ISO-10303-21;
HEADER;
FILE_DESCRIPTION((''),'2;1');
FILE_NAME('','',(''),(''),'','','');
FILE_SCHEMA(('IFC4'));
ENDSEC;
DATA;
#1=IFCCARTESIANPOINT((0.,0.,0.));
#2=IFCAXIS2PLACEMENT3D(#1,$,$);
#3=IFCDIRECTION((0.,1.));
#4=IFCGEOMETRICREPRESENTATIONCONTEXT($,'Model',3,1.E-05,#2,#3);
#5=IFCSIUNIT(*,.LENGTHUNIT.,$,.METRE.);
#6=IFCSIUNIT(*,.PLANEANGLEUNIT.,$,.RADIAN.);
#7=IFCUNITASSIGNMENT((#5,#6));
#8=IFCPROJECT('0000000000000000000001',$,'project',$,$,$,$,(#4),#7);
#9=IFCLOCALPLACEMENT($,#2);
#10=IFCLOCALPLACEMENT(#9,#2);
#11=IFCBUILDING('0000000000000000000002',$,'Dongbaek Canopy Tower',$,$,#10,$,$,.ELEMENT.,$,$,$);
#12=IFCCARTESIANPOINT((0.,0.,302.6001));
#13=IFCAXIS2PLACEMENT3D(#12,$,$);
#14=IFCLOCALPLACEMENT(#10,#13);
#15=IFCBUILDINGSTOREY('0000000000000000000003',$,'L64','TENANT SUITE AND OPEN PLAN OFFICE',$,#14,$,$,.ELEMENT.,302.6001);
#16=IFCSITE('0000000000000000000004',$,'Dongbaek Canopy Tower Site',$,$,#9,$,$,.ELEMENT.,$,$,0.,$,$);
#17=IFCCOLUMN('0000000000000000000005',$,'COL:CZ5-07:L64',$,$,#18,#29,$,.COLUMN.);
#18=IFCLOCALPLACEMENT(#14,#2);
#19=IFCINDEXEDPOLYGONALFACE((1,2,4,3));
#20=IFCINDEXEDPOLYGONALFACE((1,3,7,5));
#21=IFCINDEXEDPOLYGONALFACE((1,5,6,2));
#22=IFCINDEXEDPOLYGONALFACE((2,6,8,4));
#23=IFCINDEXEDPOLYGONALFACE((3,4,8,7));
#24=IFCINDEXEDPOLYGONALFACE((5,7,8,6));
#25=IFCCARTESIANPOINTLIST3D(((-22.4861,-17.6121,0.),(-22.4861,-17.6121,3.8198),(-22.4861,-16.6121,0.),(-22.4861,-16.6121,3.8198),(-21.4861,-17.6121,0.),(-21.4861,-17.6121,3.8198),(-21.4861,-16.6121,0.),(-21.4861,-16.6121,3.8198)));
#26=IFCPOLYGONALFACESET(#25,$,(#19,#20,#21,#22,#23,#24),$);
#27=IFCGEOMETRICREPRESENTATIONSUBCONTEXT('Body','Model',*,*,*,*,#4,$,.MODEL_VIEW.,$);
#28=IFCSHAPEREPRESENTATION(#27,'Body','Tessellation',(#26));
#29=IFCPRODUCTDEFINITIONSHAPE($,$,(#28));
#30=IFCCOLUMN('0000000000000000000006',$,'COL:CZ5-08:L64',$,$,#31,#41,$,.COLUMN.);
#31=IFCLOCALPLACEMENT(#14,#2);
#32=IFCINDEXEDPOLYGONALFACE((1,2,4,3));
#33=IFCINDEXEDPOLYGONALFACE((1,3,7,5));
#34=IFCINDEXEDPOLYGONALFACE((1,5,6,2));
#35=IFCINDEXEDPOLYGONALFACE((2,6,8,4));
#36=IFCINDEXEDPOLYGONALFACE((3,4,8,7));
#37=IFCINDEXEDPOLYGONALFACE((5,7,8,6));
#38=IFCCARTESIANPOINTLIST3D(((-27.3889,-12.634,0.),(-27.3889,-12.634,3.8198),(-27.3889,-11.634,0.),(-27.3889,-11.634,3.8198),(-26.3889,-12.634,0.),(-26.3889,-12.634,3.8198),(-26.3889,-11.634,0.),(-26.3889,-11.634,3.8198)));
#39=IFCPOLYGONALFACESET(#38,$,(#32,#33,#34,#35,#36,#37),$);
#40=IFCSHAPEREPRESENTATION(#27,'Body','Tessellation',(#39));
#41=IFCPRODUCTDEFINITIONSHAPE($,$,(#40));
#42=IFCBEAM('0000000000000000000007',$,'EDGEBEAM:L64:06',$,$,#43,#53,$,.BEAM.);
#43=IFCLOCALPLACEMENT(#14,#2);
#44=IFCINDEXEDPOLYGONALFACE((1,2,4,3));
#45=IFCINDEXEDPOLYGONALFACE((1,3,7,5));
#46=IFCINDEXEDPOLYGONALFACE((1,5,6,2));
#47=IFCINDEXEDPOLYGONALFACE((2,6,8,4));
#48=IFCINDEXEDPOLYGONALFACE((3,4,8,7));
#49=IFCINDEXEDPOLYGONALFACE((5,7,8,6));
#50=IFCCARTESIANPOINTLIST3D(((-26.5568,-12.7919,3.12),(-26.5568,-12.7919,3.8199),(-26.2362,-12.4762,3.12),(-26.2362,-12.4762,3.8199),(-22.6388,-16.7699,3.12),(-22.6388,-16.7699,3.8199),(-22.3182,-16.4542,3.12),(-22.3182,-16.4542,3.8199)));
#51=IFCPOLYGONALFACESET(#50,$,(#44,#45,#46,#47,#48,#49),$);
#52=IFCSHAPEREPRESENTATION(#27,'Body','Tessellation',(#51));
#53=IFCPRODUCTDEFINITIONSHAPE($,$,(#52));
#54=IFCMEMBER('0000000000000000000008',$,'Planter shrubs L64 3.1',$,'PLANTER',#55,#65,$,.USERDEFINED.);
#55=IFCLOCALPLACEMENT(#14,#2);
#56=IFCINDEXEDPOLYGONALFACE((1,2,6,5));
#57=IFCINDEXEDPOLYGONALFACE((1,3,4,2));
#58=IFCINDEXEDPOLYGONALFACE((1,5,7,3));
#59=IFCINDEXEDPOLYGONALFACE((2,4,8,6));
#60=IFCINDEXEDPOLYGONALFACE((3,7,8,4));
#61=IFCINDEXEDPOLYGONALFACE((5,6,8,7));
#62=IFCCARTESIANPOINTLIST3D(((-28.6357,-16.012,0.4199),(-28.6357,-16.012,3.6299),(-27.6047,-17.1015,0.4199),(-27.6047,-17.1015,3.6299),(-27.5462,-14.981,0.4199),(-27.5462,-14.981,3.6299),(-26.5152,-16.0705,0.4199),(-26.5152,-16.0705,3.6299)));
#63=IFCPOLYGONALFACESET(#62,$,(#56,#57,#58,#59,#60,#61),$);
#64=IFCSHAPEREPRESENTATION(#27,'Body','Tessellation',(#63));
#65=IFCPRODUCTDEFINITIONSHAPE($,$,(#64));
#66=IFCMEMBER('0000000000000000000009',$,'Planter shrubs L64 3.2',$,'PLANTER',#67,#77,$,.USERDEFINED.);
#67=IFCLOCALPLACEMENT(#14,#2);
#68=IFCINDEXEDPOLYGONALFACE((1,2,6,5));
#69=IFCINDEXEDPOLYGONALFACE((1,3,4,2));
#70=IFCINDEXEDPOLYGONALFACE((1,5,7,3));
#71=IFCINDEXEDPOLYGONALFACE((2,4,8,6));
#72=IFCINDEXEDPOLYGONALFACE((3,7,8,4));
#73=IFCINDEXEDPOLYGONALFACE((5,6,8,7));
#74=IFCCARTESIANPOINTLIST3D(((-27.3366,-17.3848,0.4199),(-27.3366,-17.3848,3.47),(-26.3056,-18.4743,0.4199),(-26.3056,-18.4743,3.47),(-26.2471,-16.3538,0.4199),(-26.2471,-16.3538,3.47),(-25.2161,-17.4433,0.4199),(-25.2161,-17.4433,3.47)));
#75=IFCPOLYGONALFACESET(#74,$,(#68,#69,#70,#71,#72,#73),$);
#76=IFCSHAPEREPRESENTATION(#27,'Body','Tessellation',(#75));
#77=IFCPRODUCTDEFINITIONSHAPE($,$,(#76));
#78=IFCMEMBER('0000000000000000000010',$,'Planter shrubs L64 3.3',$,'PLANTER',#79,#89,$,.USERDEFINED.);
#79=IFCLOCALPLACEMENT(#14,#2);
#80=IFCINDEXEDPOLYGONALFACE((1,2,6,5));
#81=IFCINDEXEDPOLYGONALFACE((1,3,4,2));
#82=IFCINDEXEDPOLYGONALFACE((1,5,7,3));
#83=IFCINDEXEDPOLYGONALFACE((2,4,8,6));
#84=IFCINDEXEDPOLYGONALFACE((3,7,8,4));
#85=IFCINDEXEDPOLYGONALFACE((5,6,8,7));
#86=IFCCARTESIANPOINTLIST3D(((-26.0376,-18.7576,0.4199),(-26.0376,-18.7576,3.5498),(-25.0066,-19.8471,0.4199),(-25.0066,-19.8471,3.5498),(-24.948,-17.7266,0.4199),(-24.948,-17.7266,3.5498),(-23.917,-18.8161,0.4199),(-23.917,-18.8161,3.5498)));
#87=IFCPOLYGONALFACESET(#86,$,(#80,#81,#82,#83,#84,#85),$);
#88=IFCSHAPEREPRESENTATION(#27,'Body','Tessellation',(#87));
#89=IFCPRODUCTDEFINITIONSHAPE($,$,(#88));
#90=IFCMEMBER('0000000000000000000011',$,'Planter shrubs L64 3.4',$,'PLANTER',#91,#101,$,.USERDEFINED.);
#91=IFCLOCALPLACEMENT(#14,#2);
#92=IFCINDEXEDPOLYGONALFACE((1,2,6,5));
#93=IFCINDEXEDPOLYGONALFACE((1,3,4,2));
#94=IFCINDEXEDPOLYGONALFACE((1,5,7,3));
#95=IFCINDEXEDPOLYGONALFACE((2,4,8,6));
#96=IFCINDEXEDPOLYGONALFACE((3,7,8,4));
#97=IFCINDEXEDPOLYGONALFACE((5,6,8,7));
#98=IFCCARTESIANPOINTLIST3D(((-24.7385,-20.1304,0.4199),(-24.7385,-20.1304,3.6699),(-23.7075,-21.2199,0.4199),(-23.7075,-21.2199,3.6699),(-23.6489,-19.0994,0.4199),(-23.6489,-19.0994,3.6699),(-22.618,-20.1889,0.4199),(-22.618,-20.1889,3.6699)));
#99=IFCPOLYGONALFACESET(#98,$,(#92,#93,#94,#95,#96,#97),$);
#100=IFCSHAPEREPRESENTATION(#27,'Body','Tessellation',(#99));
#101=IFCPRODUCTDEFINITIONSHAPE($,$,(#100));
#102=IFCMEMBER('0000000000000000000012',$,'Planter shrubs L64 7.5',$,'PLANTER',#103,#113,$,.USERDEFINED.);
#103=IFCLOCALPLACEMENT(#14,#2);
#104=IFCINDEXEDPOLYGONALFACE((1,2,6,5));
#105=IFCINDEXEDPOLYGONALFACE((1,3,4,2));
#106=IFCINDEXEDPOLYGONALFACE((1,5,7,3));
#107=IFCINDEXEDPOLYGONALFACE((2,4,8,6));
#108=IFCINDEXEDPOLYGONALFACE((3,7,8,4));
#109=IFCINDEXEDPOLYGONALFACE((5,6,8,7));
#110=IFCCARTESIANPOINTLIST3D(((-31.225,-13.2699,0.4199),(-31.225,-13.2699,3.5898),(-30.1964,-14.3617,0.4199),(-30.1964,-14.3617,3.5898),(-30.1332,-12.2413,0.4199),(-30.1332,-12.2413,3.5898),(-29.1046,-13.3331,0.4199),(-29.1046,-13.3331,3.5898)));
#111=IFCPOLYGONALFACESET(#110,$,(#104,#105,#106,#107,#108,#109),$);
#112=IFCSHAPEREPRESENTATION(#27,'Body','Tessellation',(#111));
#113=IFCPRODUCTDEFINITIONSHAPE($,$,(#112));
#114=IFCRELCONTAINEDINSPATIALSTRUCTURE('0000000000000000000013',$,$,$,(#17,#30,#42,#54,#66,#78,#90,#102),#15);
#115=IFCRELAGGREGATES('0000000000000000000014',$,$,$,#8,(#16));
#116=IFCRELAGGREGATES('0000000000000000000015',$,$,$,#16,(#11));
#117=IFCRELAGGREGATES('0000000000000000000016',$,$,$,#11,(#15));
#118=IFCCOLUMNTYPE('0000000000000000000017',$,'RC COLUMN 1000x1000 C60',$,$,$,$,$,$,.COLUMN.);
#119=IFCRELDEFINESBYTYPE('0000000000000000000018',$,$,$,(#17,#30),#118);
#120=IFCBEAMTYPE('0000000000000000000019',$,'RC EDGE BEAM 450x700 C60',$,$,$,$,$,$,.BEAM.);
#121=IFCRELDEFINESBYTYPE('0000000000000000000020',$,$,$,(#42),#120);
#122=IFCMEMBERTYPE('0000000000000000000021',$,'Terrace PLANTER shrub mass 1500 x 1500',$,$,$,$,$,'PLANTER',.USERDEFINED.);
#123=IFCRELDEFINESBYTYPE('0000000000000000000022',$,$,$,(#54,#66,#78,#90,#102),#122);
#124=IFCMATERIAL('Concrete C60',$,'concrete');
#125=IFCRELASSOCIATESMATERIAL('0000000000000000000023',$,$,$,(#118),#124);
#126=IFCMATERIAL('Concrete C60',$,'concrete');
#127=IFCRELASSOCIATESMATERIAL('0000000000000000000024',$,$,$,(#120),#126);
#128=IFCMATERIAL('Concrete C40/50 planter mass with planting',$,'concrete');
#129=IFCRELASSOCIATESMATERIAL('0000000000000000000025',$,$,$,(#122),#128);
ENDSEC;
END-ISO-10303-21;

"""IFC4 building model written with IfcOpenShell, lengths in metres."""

from ifc_helpers import new_model, si_unit, direction, frame, origin, origin_2d, place, context, subcontext, project, spatial, rectangle, extrude, material, material_profile, profile_set, type_object, element, save


model = new_model("IFC4")

# Units and contexts
model_context = context("Model", 3, precision=1e-05, world=origin(), true_north=direction((0.0, 1.0)))
body_context = subcontext(model_context, "Body", "Model", "MODEL_VIEW")
ifc_project = project(units=[si_unit("LENGTHUNIT", "METRE"), si_unit("PLANEANGLEUNIT", "RADIAN")], contexts=[model_context])

# Site, building, storey
site_placement = place(None, origin())
site = spatial("IfcSite", under=ifc_project, at=site_placement, Name="Dongbaek Canopy Tower Site", CompositionType="ELEMENT", RefElevation=0.0)
building_placement = place(site_placement, origin())
building = spatial("IfcBuilding", under=site, at=building_placement, Name="Dongbaek Canopy Tower", CompositionType="ELEMENT")
storey_placement = place(building_placement, frame((0.0, 0.0, 302.6001)))
storey = spatial("IfcBuildingStorey", under=building, at=storey_placement, Name="L64", Description="TENANT SUITE AND OPEN PLAN OFFICE", CompositionType="ELEMENT", Elevation=302.6001)

# Columns
ifc_material_1 = material(Name="Concrete C60", Category="concrete")
ifc_material_profile_1 = material_profile(ifc_material_1, rectangle(XDim=1.0, YDim=1.0, at=origin_2d()), Name="RC COLUMN 1000x1000 C60")
ifc_profile_set_1 = profile_set([ifc_material_profile_1], Name="Concrete C60")
column_type = type_object("IfcColumnType", Name="RC COLUMN 1000x1000 C60", PredefinedType="COLUMN", material=ifc_profile_set_1)
for number, where, z_axis, x_axis, name in (
    (1, (-21.9861, -17.1121, 0.0), (0.0, 0.0, 1.0), (1.0, 0.0, 0.0), "COL:CZ5-07:L64"),
    (2, (-26.8889, -12.134, 0.0), (0.0, 0.0, 1.0), (1.0, 0.0, 0.0), "COL:CZ5-08:L64"),
):
    element("IfcColumn", number, at=place(storey_placement, frame(where, z_axis=z_axis, x_axis=x_axis)), inside=storey, type_object=column_type, Name=name, PredefinedType="COLUMN", context=body_context, shape_type="SweptSolid", body=[
        extrude(rectangle(XDim=1.0, YDim=1.0, at=origin_2d()), origin(), (0.0, 0.0, 1.0), 3.8198),
    ])

# Beam
ifc_material_2 = material(Name="Concrete C60", Category="concrete")
ifc_material_profile_2 = material_profile(ifc_material_2, rectangle(XDim=0.45, YDim=0.7, at=origin_2d()), Name="RC EDGE BEAM 450x700 C60")
ifc_profile_set_2 = profile_set([ifc_material_profile_2], Name="Concrete C60")
beam_type = type_object("IfcBeamType", Name="RC EDGE BEAM 450x700 C60", PredefinedType="BEAM", material=ifc_profile_set_2)
beam_placement = place(storey_placement, frame((-22.4785, -16.6121, 3.47), z_axis=(-0.701708, 0.712465, 0.0), x_axis=(-0.712465, -0.701708, 0.0)))
element("IfcBeam", 3, at=beam_placement, inside=storey, type_object=beam_type, Name="EDGEBEAM:L64:06", PredefinedType="BEAM", context=body_context, shape_type="SweptSolid", body=[
    extrude(rectangle(XDim=0.45, YDim=0.7, at=origin_2d()), origin(), (0.0, 0.0, 1.0), 5.5835),
])

# Members
ifc_material_3 = material(Name="Concrete C40/50 planter mass with planting", Category="concrete")
ifc_material_profile_3 = material_profile(ifc_material_3, rectangle(XDim=1.5, YDim=1.5, at=origin_2d()), Name="Terrace PLANTER shrub mass 1500 x 1500")
ifc_profile_set_3 = profile_set([ifc_material_profile_3], Name="Concrete C40/50 planter mass with planting")
member_type = type_object("IfcMemberType", Name="Terrace PLANTER shrub mass 1500 x 1500", ElementType="PLANTER", PredefinedType="USERDEFINED", material=ifc_profile_set_3)
member_1_placement = place(storey_placement, frame((-27.5754, -16.0413, 0.4199), z_axis=(0.0, 0.0, 1.0), x_axis=(-0.726355, -0.68732, 0.0)))
element("IfcMember", 4, at=member_1_placement, inside=storey, type_object=member_type, Name="Planter shrubs L64 3.1", ObjectType="PLANTER", PredefinedType="USERDEFINED", context=body_context, shape_type="SweptSolid", body=[
    extrude(rectangle(XDim=1.5, YDim=1.5, at=origin_2d()), origin(), (0.0, 0.0, 1.0), 3.21),
])
member_2_placement = place(storey_placement, frame((-26.2764, -17.4141, 0.4199), z_axis=(0.0, 0.0, 1.0), x_axis=(-0.726355, -0.68732, 0.0)))
element("IfcMember", 5, at=member_2_placement, inside=storey, type_object=member_type, Name="Planter shrubs L64 3.2", ObjectType="PLANTER", PredefinedType="USERDEFINED", context=body_context, shape_type="SweptSolid", body=[
    extrude(rectangle(XDim=1.5, YDim=1.5, at=origin_2d()), origin(), (0.0, 0.0, 1.0), 3.05),
])
member_3_placement = place(storey_placement, frame((-24.9773, -18.7869, 0.4199), z_axis=(0.0, 0.0, 1.0), x_axis=(-0.726355, -0.68732, 0.0)))
element("IfcMember", 6, at=member_3_placement, inside=storey, type_object=member_type, Name="Planter shrubs L64 3.3", ObjectType="PLANTER", PredefinedType="USERDEFINED", context=body_context, shape_type="SweptSolid", body=[
    extrude(rectangle(XDim=1.5, YDim=1.5, at=origin_2d()), origin(), (0.0, 0.0, 1.0), 3.1299),
])
member_4_placement = place(storey_placement, frame((-23.6782, -20.1597, 0.4199), z_axis=(0.0, 0.0, 1.0), x_axis=(-0.726355, -0.68732, 0.0)))
element("IfcMember", 7, at=member_4_placement, inside=storey, type_object=member_type, Name="Planter shrubs L64 3.4", ObjectType="PLANTER", PredefinedType="USERDEFINED", context=body_context, shape_type="SweptSolid", body=[
    extrude(rectangle(XDim=1.5, YDim=1.5, at=origin_2d()), origin(), (0.0, 0.0, 1.0), 3.25),
])
member_5_placement = place(storey_placement, frame((-30.1648, -13.3015, 0.4199), z_axis=(0.0, 0.0, 1.0), x_axis=(-0.727845, -0.685742, 0.0)))
element("IfcMember", 8, at=member_5_placement, inside=storey, type_object=member_type, Name="Planter shrubs L64 7.5", ObjectType="PLANTER", PredefinedType="USERDEFINED", context=body_context, shape_type="SweptSolid", body=[
    extrude(rectangle(XDim=1.5, YDim=1.5, at=origin_2d()), origin(), (0.0, 0.0, 1.0), 3.1699),
])

save(model, "model.ifc")
